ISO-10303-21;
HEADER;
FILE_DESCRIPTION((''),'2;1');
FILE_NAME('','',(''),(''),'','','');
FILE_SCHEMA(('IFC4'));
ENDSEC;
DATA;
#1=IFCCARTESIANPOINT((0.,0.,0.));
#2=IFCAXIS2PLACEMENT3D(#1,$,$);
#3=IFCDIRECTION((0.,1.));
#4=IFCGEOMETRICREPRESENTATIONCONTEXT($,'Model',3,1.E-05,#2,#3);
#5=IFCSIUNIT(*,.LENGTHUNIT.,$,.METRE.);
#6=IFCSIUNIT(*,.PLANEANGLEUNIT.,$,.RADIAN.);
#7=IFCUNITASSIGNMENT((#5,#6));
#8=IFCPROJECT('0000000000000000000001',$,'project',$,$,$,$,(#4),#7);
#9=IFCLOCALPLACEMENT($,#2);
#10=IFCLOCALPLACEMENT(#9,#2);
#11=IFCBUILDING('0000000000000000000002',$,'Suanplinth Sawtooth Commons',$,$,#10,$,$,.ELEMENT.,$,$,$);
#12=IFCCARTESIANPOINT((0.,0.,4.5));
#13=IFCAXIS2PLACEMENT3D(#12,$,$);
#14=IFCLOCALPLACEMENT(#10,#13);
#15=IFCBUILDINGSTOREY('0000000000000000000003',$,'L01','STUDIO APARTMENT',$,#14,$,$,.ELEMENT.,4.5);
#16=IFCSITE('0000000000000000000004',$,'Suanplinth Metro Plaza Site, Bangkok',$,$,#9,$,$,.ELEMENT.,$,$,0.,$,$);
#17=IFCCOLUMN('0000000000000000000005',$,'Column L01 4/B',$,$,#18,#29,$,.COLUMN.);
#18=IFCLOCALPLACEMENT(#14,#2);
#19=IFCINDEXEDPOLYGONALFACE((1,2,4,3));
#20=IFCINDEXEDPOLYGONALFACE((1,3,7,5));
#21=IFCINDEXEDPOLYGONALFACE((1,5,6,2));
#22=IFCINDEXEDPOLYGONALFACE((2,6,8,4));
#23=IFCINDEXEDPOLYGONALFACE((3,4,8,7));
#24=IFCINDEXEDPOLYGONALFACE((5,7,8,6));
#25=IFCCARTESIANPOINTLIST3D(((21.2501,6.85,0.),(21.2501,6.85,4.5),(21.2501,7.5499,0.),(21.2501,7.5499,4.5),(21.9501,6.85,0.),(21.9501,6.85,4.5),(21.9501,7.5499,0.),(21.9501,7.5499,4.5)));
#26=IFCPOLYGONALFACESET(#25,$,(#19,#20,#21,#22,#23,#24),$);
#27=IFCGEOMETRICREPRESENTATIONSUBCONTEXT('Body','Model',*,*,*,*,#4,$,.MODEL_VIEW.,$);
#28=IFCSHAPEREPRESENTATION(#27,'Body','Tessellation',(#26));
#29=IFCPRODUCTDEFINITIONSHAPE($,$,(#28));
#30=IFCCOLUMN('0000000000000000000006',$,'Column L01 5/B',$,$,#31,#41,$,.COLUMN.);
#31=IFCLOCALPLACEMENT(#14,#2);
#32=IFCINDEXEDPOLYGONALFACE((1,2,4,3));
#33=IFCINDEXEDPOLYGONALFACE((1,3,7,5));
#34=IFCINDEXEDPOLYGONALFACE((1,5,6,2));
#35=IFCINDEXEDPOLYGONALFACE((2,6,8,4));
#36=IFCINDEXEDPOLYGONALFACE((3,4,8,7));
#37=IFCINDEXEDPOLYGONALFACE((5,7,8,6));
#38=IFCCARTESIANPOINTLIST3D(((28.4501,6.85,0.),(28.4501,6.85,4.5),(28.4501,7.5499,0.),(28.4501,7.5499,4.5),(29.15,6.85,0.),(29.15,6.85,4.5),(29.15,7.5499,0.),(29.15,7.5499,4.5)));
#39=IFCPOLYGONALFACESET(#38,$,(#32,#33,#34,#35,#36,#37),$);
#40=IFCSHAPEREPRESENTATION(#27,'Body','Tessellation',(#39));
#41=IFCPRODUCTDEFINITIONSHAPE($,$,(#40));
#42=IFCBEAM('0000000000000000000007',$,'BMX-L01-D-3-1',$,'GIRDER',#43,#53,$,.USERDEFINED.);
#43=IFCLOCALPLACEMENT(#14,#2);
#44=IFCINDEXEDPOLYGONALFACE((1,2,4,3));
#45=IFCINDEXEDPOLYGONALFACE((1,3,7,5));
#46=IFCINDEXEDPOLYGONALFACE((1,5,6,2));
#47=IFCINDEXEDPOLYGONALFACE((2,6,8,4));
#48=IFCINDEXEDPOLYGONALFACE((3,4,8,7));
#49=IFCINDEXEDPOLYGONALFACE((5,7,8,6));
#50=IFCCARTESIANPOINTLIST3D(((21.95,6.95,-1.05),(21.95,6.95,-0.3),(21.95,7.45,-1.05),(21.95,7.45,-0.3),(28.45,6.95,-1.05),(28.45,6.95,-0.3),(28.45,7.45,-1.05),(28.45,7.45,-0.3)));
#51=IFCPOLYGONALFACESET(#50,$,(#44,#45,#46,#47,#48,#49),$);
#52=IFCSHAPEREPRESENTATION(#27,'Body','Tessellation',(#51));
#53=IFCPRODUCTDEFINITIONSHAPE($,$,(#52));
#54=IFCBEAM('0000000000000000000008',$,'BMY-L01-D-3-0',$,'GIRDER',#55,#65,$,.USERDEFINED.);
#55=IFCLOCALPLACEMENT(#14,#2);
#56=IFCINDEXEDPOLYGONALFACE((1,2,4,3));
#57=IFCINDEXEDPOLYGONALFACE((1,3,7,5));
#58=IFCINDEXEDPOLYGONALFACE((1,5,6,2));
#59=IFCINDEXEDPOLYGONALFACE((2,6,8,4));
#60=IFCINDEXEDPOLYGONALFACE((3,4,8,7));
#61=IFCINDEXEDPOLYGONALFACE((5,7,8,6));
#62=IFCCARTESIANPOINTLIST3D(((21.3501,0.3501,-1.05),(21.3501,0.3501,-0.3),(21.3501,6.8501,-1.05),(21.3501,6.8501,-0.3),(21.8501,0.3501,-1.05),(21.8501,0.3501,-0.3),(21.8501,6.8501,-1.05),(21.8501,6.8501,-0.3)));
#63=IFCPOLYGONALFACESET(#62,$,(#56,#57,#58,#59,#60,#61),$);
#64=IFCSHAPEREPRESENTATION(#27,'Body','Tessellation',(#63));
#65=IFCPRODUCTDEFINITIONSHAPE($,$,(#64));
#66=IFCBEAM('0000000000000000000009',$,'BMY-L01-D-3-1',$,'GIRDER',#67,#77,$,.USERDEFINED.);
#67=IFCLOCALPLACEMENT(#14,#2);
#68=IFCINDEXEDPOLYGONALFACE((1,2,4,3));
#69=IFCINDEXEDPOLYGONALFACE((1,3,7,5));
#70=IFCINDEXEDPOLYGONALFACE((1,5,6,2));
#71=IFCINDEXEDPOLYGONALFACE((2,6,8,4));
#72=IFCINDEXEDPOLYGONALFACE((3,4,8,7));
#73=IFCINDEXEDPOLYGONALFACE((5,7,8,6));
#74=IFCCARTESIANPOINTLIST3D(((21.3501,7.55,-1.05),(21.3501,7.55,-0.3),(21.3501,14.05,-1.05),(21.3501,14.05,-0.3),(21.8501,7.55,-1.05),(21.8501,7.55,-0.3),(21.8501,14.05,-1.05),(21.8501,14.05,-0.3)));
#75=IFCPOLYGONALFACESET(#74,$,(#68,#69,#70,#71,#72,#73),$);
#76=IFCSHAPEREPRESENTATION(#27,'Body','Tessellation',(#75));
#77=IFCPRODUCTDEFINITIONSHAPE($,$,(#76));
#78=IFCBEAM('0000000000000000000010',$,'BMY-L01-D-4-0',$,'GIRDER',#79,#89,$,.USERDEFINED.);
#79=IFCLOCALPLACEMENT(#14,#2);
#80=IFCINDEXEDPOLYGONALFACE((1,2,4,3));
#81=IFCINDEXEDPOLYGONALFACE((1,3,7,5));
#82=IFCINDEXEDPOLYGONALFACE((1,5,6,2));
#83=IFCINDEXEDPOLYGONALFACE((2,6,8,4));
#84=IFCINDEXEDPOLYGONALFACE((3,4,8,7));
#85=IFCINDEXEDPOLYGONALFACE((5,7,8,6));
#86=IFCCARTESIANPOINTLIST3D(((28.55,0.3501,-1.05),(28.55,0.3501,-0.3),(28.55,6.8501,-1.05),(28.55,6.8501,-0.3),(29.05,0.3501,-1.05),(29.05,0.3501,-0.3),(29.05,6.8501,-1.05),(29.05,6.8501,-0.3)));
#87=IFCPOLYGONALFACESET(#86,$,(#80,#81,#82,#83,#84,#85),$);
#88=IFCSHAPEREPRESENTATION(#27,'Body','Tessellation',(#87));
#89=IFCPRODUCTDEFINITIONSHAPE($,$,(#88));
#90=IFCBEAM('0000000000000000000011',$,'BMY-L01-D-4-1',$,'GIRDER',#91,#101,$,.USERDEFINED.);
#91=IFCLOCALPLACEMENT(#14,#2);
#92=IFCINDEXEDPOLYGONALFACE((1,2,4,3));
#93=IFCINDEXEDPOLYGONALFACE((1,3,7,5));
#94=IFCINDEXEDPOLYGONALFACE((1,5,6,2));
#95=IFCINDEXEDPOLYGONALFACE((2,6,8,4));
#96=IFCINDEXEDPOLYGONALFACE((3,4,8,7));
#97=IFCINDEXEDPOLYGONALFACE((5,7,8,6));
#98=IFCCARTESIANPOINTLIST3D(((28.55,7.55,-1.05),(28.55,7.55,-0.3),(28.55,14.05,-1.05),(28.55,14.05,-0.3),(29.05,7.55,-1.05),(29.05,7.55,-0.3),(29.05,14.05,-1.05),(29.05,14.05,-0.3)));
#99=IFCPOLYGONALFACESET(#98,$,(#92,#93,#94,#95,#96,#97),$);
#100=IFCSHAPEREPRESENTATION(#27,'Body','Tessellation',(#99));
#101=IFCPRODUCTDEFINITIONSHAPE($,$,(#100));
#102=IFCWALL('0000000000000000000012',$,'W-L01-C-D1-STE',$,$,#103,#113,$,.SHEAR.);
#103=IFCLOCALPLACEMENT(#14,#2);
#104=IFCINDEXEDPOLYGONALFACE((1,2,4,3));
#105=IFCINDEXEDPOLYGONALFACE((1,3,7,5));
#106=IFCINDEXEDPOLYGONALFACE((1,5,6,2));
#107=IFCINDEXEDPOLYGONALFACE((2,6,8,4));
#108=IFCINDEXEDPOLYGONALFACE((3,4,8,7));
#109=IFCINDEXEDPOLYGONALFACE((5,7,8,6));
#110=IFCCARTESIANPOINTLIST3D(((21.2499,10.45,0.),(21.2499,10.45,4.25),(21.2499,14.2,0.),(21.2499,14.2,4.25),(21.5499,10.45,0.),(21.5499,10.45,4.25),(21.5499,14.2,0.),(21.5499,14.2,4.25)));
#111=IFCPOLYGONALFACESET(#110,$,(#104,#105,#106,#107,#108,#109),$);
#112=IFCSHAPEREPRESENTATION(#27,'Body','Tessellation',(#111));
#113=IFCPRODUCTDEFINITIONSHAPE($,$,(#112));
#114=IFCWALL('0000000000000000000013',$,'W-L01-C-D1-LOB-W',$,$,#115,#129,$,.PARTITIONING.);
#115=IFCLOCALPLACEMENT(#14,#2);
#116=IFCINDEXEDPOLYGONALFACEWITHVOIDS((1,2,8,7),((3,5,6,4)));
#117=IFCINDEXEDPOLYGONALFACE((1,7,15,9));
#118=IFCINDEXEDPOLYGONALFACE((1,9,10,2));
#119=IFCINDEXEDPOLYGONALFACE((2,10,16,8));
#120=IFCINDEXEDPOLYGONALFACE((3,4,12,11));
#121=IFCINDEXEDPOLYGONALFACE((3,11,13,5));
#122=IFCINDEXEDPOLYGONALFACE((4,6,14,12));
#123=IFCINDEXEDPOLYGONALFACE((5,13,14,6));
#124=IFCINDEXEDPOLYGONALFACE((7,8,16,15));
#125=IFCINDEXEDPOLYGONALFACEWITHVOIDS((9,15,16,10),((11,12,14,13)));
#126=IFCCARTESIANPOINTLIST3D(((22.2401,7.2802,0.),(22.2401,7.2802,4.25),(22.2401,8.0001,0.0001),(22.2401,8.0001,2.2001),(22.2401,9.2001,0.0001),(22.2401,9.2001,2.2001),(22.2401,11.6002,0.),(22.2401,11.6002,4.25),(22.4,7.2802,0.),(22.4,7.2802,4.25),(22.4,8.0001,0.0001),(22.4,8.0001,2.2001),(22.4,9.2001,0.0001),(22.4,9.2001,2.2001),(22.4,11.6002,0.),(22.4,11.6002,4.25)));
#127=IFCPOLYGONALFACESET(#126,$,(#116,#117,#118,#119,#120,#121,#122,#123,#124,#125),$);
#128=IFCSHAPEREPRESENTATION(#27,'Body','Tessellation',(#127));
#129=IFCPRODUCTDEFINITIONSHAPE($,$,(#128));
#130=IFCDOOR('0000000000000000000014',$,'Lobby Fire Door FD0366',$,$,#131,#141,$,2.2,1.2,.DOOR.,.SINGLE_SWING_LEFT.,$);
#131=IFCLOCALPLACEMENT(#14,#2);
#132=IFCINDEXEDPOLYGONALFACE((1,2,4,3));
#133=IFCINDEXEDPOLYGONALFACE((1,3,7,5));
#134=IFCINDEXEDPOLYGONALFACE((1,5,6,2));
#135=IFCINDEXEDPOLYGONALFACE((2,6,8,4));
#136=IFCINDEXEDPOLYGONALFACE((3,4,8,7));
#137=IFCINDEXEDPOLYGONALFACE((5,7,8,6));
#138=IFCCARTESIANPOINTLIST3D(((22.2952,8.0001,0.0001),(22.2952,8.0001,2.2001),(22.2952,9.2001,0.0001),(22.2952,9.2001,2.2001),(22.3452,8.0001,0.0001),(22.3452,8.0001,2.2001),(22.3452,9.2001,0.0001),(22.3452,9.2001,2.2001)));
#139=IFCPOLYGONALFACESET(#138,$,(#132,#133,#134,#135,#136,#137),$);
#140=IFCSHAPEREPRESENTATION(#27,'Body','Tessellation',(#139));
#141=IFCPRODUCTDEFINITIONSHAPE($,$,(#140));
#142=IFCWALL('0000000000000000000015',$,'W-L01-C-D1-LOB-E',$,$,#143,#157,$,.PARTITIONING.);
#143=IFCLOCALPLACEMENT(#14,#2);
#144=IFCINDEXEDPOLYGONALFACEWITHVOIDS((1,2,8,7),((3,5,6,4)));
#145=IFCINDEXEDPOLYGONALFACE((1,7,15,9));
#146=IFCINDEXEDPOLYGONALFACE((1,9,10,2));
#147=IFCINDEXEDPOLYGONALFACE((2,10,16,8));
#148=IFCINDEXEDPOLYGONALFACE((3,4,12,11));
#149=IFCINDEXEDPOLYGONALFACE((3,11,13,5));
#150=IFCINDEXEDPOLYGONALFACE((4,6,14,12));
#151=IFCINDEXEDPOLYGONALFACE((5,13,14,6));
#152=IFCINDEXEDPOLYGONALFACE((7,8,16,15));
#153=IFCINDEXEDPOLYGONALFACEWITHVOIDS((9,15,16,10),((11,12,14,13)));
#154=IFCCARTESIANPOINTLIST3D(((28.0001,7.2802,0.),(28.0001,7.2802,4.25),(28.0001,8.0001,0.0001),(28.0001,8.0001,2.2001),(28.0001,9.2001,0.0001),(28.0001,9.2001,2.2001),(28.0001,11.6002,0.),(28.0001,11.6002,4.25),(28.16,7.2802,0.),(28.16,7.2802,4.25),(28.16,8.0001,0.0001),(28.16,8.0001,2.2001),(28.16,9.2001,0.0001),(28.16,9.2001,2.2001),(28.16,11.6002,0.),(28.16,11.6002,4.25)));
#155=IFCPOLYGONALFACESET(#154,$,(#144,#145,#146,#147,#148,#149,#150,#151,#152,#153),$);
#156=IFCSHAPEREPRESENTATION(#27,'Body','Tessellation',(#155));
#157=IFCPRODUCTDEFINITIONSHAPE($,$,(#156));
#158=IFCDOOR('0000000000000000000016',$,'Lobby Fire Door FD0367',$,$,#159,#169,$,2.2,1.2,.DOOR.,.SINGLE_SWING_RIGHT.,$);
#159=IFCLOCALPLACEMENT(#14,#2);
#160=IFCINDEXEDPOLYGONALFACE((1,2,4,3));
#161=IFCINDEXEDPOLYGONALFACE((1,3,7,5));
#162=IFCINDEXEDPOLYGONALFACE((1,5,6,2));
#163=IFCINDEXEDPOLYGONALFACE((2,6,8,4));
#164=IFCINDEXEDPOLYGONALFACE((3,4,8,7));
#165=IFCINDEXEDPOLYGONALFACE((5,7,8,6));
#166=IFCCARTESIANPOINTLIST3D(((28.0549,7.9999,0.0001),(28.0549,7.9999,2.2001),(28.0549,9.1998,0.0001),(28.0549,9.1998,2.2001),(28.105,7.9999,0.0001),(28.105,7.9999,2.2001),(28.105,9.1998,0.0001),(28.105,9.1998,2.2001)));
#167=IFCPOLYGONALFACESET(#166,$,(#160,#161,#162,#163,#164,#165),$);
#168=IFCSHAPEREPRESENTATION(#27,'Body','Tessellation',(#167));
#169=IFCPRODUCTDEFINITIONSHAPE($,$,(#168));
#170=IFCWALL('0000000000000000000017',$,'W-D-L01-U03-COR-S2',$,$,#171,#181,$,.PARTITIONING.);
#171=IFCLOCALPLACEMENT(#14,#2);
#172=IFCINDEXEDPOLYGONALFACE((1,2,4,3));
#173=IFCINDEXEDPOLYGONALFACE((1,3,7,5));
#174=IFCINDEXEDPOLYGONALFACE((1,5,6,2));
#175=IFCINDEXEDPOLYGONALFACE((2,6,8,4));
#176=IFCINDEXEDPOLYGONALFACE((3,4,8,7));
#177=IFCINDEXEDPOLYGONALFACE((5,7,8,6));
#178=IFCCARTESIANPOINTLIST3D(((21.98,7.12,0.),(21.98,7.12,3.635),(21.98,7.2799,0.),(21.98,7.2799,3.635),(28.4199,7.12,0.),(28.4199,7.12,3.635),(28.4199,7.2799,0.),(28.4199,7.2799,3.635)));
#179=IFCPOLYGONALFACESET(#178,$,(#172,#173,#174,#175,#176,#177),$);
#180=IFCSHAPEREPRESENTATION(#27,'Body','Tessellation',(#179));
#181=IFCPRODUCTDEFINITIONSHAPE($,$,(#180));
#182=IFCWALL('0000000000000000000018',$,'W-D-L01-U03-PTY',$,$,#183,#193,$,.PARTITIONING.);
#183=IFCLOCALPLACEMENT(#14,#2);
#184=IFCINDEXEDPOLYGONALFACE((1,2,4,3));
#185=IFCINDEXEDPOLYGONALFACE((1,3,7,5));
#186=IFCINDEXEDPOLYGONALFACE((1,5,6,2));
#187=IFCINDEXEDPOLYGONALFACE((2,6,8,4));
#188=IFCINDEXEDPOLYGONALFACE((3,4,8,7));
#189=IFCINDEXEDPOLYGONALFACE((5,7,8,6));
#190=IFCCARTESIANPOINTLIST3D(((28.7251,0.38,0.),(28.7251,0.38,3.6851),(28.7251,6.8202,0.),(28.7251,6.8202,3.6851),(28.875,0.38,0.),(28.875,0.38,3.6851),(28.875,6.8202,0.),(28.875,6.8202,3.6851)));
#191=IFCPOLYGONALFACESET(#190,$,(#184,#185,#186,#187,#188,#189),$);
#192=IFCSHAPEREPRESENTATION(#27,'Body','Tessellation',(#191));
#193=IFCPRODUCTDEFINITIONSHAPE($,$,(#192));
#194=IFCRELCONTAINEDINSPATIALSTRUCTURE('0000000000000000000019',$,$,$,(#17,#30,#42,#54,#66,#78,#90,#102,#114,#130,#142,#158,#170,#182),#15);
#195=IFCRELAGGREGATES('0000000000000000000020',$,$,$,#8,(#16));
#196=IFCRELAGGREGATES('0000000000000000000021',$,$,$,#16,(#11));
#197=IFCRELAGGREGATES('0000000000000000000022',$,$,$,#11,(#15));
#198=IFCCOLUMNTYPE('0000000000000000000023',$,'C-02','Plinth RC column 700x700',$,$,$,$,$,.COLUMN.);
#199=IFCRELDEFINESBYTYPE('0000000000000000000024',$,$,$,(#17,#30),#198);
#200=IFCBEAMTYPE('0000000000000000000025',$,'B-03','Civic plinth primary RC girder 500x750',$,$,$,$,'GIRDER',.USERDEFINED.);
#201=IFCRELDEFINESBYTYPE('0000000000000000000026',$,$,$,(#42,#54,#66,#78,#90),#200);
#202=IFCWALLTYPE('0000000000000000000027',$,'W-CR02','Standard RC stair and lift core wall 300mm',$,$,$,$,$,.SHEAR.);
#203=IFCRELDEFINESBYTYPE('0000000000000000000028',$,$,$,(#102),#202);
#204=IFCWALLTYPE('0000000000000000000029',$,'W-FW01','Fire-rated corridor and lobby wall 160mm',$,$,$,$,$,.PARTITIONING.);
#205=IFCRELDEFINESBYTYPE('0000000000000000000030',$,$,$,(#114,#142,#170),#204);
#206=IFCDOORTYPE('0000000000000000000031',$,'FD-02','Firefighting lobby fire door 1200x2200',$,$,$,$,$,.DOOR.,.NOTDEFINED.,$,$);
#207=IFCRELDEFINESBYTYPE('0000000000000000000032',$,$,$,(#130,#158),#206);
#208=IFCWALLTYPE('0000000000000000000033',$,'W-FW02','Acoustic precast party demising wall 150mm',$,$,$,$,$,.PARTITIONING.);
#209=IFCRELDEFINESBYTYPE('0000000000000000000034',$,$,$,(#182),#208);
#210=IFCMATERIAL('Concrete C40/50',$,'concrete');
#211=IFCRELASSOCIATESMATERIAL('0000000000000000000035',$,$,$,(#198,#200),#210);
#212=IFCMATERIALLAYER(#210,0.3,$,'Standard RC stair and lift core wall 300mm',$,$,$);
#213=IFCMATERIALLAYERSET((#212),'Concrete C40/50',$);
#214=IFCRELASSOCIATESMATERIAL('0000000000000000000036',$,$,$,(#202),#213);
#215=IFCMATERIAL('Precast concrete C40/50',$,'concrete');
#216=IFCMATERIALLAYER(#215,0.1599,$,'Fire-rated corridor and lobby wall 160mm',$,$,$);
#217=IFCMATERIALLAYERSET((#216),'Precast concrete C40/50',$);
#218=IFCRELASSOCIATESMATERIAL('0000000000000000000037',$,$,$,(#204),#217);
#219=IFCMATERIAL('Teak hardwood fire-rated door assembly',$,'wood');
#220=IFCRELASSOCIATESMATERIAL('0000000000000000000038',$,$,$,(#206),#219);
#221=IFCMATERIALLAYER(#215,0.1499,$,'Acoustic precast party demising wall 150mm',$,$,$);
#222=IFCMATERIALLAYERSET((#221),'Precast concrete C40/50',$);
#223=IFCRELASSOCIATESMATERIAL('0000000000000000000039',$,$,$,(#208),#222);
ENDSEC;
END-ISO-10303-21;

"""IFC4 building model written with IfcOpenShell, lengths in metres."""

from ifc_helpers import new_model, si_unit, direction, frame, frame_2d, origin, origin_2d, place, context, subcontext, project, spatial, rectangle, extrude, material, layer, layer_set, material_profile, profile_set, type_object, element, fill, save


model = new_model("IFC4")

# Units and contexts
model_context = context("Model", 3, precision=1e-05, world=origin(), true_north=direction((0.0, 1.0)))
body_context = subcontext(model_context, "Body", "Model", "MODEL_VIEW")
ifc_project = project(units=[si_unit("LENGTHUNIT", "METRE"), si_unit("PLANEANGLEUNIT", "RADIAN")], contexts=[model_context])

# Site, building, storey
site_placement = place(None, origin())
site = spatial("IfcSite", under=ifc_project, at=site_placement, Name="Suanplinth Metro Plaza Site, Bangkok", CompositionType="ELEMENT", RefElevation=0.0)
building_placement = place(site_placement, origin())
building = spatial("IfcBuilding", under=site, at=building_placement, Name="Suanplinth Sawtooth Commons", CompositionType="ELEMENT")
storey_placement = place(building_placement, frame((0.0, 0.0, 4.5)))
storey = spatial("IfcBuildingStorey", under=building, at=storey_placement, Name="L01", Description="STUDIO APARTMENT", CompositionType="ELEMENT", Elevation=4.5)

# Columns
ifc_material_1 = material(Name="Concrete C40/50", Category="concrete")
ifc_material_profile_1 = material_profile(ifc_material_1, rectangle(XDim=0.7, YDim=0.7, at=origin_2d()), Name="RC-COL 700x700")
ifc_profile_set_1 = profile_set([ifc_material_profile_1], Name="Concrete C40/50")
column_type = type_object("IfcColumnType", Name="C-02", Description="Plinth RC column 700x700", PredefinedType="COLUMN", material=ifc_profile_set_1)
for number, where, z_axis, x_axis, name in (
    (1, (21.6001, 7.2, 0.0), (0.0, 0.0, 1.0), (1.0, 0.0, 0.0), "Column L01 4/B"),
    (2, (28.8, 7.2, 0.0), (0.0, 0.0, 1.0), (1.0, 0.0, 0.0), "Column L01 5/B"),
):
    element("IfcColumn", number, at=place(storey_placement, frame(where, z_axis=z_axis, x_axis=x_axis)), inside=storey, type_object=column_type, Name=name, PredefinedType="COLUMN", context=body_context, shape_type="SweptSolid", body=[
        extrude(rectangle(XDim=0.7, YDim=0.7, at=origin_2d()), origin(), (0.0, 0.0, 1.0), 4.5),
    ])

# Beams
ifc_material_profile_2 = material_profile(ifc_material_1, rectangle(XDim=0.5, YDim=0.75, at=origin_2d()), Name="RC-GDR 500x750")
ifc_profile_set_2 = profile_set([ifc_material_profile_2], Name="Concrete C40/50")
beam_type = type_object("IfcBeamType", Name="B-03", Description="Civic plinth primary RC girder 500x750", ElementType="GIRDER", PredefinedType="USERDEFINED", material=ifc_profile_set_2)
for number, where, z_axis, x_axis, name in (
    (3, (21.95, 7.2, -0.675), (1.0, 0.0, 0.0), (0.0, 1.0, 0.0), "BMX-L01-D-3-1"),
    (4, (21.6001, 0.3501, -0.675), (0.0, 1.0, 0.0), (-1.0, 0.0, 0.0), "BMY-L01-D-3-0"),
    (5, (21.6001, 7.55, -0.675), (0.0, 1.0, 0.0), (-1.0, 0.0, 0.0), "BMY-L01-D-3-1"),
    (6, (28.8, 0.3501, -0.675), (0.0, 1.0, 0.0), (-1.0, 0.0, 0.0), "BMY-L01-D-4-0"),
    (7, (28.8, 7.55, -0.675), (0.0, 1.0, 0.0), (-1.0, 0.0, 0.0), "BMY-L01-D-4-1"),
):
    element("IfcBeam", number, at=place(storey_placement, frame(where, z_axis=z_axis, x_axis=x_axis)), inside=storey, type_object=beam_type, Name=name, ObjectType="GIRDER", PredefinedType="USERDEFINED", context=body_context, shape_type="SweptSolid", body=[
        extrude(rectangle(XDim=0.5, YDim=0.75, at=origin_2d()), origin(), (0.0, 0.0, 1.0), 6.5),
    ])

# Wall
ifc_layer_1 = layer(ifc_material_1, 0.3, Name="Standard RC stair and lift core wall 300mm")
ifc_layer_set_1 = layer_set([ifc_layer_1], Name="Concrete C40/50")
wall_type_1 = type_object("IfcWallType", Name="W-CR02", Description="Standard RC stair and lift core wall 300mm", PredefinedType="SHEAR", material=ifc_layer_set_1)
wall_1_placement = place(storey_placement, frame((21.3999, 10.45, 0.0), z_axis=(0.0, 0.0, 1.0), x_axis=(0.0, 1.0, 0.0)))
element("IfcWall", 8, at=wall_1_placement, inside=storey, type_object=wall_type_1, Name="W-L01-C-D1-STE", PredefinedType="SHEAR", context=body_context, shape_type="SweptSolid", body=[
    extrude(rectangle(XDim=3.75, YDim=0.3, at=frame_2d((1.875, 0.0))), origin(), (0.0, 0.0, 1.0), 4.25),
])

# Walls, openings, doors
ifc_material_2 = material(Name="Precast concrete C40/50", Category="concrete")
ifc_layer_2 = layer(ifc_material_2, 0.1599, Name="Fire-rated corridor and lobby wall 160mm")
ifc_layer_set_2 = layer_set([ifc_layer_2], Name="Precast concrete C40/50")
wall_type_2 = type_object("IfcWallType", Name="W-FW01", Description="Fire-rated corridor and lobby wall 160mm", PredefinedType="PARTITIONING", material=ifc_layer_set_2)
wall_2_placement = place(storey_placement, frame((22.3201, 7.28, 0.0), z_axis=(0.0, 0.0, 1.0), x_axis=(0.0, 1.0, 0.0)))
wall_2 = element("IfcWall", 9, at=wall_2_placement, inside=storey, type_object=wall_type_2, Name="W-L01-C-D1-LOB-W", PredefinedType="PARTITIONING", context=body_context, shape_type="SweptSolid", body=[
    extrude(rectangle(XDim=4.3201, YDim=0.1599, at=frame_2d((2.1602, 0.0))), origin(), (0.0, 0.0, 1.0), 4.25),
])
opening_1_placement = place(wall_2_placement, frame((0.72, 0.0, 0.0)))
opening_1 = element("IfcOpeningElement", 10, at=opening_1_placement, cuts=wall_2, PredefinedType="OPENING", context=body_context, shape_type="SweptSolid", body=[
    extrude(rectangle(XDim=1.2, YDim=2.2, at=frame_2d((0.6001, 1.1001))), frame((0.0, 0.0947, 0.0), z_axis=(0.0, -1.0, 0.0), x_axis=(1.0, 0.0, 0.0)), (0.0, 0.0, 1.0), 0.1897),
])
ifc_material_3 = material(Name="Teak hardwood fire-rated door assembly", Category="wood")
door_type_1 = type_object("IfcDoorType", Name="FD-02", Description="Firefighting lobby fire door 1200x2200", OperationType="NOTDEFINED", PredefinedType="DOOR", material=ifc_material_3)
door_1_placement = place(opening_1_placement, origin())
door_1 = element("IfcDoor", 11, at=door_1_placement, inside=storey, type_object=door_type_1, Name="Lobby Fire Door FD0366", OperationType="SINGLE_SWING_LEFT", OverallHeight=2.2, OverallWidth=1.2, PredefinedType="DOOR", context=body_context, shape_type="SweptSolid", body=[
    extrude(rectangle(XDim=1.2, YDim=2.2, at=frame_2d((0.6001, 1.1001))), frame((0.0, 0.0249, 0.0), z_axis=(0.0, -1.0, 0.0), x_axis=(1.0, 0.0, 0.0)), (0.0, 0.0, 1.0), 0.05),
])
fill(opening_1, door_1)
wall_3_placement = place(storey_placement, frame((28.0801, 7.28, 0.0), z_axis=(0.0, 0.0, 1.0), x_axis=(0.0, 1.0, 0.0)))
wall_3 = element("IfcWall", 12, at=wall_3_placement, inside=storey, type_object=wall_type_2, Name="W-L01-C-D1-LOB-E", PredefinedType="PARTITIONING", context=body_context, shape_type="SweptSolid", body=[
    extrude(rectangle(XDim=4.3201, YDim=0.1599, at=frame_2d((2.1602, 0.0))), origin(), (0.0, 0.0, 1.0), 4.25),
])
opening_2_placement = place(wall_3_placement, frame((0.72, 0.0, 0.0)))
opening_2 = element("IfcOpeningElement", 13, at=opening_2_placement, cuts=wall_3, PredefinedType="OPENING", context=body_context, shape_type="SweptSolid", body=[
    extrude(rectangle(XDim=1.2, YDim=2.2, at=frame_2d((0.6001, 1.1001))), frame((0.0, 0.0947, 0.0), z_axis=(0.0, -1.0, 0.0), x_axis=(1.0, 0.0, 0.0)), (0.0, 0.0, 1.0), 0.1897),
])
door_2_placement = place(opening_2_placement, frame((1.2, 0.0, 0.0), z_axis=(0.0, 0.0, 1.0), x_axis=(-1.0, 0.0, 0.0)))
door_2 = element("IfcDoor", 14, at=door_2_placement, inside=storey, type_object=door_type_1, Name="Lobby Fire Door FD0367", OperationType="SINGLE_SWING_RIGHT", OverallHeight=2.2, OverallWidth=1.2, PredefinedType="DOOR", context=body_context, shape_type="SweptSolid", body=[
    extrude(rectangle(XDim=1.2, YDim=2.2, at=frame_2d((0.6001, 1.1001))), frame((0.0, 0.0249, 0.0), z_axis=(0.0, -1.0, 0.0), x_axis=(1.0, 0.0, 0.0)), (0.0, 0.0, 1.0), 0.05),
])
fill(opening_2, door_2)

# Walls
wall_4_placement = place(storey_placement, frame((21.98, 7.2, 0.0), z_axis=(0.0, 0.0, 1.0), x_axis=(1.0, 0.0, 0.0)))
element("IfcWall", 15, at=wall_4_placement, inside=storey, type_object=wall_type_2, Name="W-D-L01-U03-COR-S2", PredefinedType="PARTITIONING", context=body_context, shape_type="SweptSolid", body=[
    extrude(rectangle(XDim=6.4399, YDim=0.1599, at=frame_2d((3.22, 0.0))), origin(), (0.0, 0.0, 1.0), 3.635),
])
ifc_layer_3 = layer(ifc_material_2, 0.1499, Name="Acoustic precast party demising wall 150mm")
ifc_layer_set_3 = layer_set([ifc_layer_3], Name="Precast concrete C40/50")
wall_type_3 = type_object("IfcWallType", Name="W-FW02", Description="Acoustic precast party demising wall 150mm", PredefinedType="PARTITIONING", material=ifc_layer_set_3)
wall_5_placement = place(storey_placement, frame((28.8, 0.3799, 0.0), z_axis=(0.0, 0.0, 1.0), x_axis=(0.0, 1.0, 0.0)))
element("IfcWall", 16, at=wall_5_placement, inside=storey, type_object=wall_type_3, Name="W-D-L01-U03-PTY", PredefinedType="PARTITIONING", context=body_context, shape_type="SweptSolid", body=[
    extrude(rectangle(XDim=6.4402, YDim=0.1499, at=frame_2d((3.2202, 0.0))), origin(), (0.0, 0.0, 1.0), 3.6851),
])

save(model, "model.ifc")
